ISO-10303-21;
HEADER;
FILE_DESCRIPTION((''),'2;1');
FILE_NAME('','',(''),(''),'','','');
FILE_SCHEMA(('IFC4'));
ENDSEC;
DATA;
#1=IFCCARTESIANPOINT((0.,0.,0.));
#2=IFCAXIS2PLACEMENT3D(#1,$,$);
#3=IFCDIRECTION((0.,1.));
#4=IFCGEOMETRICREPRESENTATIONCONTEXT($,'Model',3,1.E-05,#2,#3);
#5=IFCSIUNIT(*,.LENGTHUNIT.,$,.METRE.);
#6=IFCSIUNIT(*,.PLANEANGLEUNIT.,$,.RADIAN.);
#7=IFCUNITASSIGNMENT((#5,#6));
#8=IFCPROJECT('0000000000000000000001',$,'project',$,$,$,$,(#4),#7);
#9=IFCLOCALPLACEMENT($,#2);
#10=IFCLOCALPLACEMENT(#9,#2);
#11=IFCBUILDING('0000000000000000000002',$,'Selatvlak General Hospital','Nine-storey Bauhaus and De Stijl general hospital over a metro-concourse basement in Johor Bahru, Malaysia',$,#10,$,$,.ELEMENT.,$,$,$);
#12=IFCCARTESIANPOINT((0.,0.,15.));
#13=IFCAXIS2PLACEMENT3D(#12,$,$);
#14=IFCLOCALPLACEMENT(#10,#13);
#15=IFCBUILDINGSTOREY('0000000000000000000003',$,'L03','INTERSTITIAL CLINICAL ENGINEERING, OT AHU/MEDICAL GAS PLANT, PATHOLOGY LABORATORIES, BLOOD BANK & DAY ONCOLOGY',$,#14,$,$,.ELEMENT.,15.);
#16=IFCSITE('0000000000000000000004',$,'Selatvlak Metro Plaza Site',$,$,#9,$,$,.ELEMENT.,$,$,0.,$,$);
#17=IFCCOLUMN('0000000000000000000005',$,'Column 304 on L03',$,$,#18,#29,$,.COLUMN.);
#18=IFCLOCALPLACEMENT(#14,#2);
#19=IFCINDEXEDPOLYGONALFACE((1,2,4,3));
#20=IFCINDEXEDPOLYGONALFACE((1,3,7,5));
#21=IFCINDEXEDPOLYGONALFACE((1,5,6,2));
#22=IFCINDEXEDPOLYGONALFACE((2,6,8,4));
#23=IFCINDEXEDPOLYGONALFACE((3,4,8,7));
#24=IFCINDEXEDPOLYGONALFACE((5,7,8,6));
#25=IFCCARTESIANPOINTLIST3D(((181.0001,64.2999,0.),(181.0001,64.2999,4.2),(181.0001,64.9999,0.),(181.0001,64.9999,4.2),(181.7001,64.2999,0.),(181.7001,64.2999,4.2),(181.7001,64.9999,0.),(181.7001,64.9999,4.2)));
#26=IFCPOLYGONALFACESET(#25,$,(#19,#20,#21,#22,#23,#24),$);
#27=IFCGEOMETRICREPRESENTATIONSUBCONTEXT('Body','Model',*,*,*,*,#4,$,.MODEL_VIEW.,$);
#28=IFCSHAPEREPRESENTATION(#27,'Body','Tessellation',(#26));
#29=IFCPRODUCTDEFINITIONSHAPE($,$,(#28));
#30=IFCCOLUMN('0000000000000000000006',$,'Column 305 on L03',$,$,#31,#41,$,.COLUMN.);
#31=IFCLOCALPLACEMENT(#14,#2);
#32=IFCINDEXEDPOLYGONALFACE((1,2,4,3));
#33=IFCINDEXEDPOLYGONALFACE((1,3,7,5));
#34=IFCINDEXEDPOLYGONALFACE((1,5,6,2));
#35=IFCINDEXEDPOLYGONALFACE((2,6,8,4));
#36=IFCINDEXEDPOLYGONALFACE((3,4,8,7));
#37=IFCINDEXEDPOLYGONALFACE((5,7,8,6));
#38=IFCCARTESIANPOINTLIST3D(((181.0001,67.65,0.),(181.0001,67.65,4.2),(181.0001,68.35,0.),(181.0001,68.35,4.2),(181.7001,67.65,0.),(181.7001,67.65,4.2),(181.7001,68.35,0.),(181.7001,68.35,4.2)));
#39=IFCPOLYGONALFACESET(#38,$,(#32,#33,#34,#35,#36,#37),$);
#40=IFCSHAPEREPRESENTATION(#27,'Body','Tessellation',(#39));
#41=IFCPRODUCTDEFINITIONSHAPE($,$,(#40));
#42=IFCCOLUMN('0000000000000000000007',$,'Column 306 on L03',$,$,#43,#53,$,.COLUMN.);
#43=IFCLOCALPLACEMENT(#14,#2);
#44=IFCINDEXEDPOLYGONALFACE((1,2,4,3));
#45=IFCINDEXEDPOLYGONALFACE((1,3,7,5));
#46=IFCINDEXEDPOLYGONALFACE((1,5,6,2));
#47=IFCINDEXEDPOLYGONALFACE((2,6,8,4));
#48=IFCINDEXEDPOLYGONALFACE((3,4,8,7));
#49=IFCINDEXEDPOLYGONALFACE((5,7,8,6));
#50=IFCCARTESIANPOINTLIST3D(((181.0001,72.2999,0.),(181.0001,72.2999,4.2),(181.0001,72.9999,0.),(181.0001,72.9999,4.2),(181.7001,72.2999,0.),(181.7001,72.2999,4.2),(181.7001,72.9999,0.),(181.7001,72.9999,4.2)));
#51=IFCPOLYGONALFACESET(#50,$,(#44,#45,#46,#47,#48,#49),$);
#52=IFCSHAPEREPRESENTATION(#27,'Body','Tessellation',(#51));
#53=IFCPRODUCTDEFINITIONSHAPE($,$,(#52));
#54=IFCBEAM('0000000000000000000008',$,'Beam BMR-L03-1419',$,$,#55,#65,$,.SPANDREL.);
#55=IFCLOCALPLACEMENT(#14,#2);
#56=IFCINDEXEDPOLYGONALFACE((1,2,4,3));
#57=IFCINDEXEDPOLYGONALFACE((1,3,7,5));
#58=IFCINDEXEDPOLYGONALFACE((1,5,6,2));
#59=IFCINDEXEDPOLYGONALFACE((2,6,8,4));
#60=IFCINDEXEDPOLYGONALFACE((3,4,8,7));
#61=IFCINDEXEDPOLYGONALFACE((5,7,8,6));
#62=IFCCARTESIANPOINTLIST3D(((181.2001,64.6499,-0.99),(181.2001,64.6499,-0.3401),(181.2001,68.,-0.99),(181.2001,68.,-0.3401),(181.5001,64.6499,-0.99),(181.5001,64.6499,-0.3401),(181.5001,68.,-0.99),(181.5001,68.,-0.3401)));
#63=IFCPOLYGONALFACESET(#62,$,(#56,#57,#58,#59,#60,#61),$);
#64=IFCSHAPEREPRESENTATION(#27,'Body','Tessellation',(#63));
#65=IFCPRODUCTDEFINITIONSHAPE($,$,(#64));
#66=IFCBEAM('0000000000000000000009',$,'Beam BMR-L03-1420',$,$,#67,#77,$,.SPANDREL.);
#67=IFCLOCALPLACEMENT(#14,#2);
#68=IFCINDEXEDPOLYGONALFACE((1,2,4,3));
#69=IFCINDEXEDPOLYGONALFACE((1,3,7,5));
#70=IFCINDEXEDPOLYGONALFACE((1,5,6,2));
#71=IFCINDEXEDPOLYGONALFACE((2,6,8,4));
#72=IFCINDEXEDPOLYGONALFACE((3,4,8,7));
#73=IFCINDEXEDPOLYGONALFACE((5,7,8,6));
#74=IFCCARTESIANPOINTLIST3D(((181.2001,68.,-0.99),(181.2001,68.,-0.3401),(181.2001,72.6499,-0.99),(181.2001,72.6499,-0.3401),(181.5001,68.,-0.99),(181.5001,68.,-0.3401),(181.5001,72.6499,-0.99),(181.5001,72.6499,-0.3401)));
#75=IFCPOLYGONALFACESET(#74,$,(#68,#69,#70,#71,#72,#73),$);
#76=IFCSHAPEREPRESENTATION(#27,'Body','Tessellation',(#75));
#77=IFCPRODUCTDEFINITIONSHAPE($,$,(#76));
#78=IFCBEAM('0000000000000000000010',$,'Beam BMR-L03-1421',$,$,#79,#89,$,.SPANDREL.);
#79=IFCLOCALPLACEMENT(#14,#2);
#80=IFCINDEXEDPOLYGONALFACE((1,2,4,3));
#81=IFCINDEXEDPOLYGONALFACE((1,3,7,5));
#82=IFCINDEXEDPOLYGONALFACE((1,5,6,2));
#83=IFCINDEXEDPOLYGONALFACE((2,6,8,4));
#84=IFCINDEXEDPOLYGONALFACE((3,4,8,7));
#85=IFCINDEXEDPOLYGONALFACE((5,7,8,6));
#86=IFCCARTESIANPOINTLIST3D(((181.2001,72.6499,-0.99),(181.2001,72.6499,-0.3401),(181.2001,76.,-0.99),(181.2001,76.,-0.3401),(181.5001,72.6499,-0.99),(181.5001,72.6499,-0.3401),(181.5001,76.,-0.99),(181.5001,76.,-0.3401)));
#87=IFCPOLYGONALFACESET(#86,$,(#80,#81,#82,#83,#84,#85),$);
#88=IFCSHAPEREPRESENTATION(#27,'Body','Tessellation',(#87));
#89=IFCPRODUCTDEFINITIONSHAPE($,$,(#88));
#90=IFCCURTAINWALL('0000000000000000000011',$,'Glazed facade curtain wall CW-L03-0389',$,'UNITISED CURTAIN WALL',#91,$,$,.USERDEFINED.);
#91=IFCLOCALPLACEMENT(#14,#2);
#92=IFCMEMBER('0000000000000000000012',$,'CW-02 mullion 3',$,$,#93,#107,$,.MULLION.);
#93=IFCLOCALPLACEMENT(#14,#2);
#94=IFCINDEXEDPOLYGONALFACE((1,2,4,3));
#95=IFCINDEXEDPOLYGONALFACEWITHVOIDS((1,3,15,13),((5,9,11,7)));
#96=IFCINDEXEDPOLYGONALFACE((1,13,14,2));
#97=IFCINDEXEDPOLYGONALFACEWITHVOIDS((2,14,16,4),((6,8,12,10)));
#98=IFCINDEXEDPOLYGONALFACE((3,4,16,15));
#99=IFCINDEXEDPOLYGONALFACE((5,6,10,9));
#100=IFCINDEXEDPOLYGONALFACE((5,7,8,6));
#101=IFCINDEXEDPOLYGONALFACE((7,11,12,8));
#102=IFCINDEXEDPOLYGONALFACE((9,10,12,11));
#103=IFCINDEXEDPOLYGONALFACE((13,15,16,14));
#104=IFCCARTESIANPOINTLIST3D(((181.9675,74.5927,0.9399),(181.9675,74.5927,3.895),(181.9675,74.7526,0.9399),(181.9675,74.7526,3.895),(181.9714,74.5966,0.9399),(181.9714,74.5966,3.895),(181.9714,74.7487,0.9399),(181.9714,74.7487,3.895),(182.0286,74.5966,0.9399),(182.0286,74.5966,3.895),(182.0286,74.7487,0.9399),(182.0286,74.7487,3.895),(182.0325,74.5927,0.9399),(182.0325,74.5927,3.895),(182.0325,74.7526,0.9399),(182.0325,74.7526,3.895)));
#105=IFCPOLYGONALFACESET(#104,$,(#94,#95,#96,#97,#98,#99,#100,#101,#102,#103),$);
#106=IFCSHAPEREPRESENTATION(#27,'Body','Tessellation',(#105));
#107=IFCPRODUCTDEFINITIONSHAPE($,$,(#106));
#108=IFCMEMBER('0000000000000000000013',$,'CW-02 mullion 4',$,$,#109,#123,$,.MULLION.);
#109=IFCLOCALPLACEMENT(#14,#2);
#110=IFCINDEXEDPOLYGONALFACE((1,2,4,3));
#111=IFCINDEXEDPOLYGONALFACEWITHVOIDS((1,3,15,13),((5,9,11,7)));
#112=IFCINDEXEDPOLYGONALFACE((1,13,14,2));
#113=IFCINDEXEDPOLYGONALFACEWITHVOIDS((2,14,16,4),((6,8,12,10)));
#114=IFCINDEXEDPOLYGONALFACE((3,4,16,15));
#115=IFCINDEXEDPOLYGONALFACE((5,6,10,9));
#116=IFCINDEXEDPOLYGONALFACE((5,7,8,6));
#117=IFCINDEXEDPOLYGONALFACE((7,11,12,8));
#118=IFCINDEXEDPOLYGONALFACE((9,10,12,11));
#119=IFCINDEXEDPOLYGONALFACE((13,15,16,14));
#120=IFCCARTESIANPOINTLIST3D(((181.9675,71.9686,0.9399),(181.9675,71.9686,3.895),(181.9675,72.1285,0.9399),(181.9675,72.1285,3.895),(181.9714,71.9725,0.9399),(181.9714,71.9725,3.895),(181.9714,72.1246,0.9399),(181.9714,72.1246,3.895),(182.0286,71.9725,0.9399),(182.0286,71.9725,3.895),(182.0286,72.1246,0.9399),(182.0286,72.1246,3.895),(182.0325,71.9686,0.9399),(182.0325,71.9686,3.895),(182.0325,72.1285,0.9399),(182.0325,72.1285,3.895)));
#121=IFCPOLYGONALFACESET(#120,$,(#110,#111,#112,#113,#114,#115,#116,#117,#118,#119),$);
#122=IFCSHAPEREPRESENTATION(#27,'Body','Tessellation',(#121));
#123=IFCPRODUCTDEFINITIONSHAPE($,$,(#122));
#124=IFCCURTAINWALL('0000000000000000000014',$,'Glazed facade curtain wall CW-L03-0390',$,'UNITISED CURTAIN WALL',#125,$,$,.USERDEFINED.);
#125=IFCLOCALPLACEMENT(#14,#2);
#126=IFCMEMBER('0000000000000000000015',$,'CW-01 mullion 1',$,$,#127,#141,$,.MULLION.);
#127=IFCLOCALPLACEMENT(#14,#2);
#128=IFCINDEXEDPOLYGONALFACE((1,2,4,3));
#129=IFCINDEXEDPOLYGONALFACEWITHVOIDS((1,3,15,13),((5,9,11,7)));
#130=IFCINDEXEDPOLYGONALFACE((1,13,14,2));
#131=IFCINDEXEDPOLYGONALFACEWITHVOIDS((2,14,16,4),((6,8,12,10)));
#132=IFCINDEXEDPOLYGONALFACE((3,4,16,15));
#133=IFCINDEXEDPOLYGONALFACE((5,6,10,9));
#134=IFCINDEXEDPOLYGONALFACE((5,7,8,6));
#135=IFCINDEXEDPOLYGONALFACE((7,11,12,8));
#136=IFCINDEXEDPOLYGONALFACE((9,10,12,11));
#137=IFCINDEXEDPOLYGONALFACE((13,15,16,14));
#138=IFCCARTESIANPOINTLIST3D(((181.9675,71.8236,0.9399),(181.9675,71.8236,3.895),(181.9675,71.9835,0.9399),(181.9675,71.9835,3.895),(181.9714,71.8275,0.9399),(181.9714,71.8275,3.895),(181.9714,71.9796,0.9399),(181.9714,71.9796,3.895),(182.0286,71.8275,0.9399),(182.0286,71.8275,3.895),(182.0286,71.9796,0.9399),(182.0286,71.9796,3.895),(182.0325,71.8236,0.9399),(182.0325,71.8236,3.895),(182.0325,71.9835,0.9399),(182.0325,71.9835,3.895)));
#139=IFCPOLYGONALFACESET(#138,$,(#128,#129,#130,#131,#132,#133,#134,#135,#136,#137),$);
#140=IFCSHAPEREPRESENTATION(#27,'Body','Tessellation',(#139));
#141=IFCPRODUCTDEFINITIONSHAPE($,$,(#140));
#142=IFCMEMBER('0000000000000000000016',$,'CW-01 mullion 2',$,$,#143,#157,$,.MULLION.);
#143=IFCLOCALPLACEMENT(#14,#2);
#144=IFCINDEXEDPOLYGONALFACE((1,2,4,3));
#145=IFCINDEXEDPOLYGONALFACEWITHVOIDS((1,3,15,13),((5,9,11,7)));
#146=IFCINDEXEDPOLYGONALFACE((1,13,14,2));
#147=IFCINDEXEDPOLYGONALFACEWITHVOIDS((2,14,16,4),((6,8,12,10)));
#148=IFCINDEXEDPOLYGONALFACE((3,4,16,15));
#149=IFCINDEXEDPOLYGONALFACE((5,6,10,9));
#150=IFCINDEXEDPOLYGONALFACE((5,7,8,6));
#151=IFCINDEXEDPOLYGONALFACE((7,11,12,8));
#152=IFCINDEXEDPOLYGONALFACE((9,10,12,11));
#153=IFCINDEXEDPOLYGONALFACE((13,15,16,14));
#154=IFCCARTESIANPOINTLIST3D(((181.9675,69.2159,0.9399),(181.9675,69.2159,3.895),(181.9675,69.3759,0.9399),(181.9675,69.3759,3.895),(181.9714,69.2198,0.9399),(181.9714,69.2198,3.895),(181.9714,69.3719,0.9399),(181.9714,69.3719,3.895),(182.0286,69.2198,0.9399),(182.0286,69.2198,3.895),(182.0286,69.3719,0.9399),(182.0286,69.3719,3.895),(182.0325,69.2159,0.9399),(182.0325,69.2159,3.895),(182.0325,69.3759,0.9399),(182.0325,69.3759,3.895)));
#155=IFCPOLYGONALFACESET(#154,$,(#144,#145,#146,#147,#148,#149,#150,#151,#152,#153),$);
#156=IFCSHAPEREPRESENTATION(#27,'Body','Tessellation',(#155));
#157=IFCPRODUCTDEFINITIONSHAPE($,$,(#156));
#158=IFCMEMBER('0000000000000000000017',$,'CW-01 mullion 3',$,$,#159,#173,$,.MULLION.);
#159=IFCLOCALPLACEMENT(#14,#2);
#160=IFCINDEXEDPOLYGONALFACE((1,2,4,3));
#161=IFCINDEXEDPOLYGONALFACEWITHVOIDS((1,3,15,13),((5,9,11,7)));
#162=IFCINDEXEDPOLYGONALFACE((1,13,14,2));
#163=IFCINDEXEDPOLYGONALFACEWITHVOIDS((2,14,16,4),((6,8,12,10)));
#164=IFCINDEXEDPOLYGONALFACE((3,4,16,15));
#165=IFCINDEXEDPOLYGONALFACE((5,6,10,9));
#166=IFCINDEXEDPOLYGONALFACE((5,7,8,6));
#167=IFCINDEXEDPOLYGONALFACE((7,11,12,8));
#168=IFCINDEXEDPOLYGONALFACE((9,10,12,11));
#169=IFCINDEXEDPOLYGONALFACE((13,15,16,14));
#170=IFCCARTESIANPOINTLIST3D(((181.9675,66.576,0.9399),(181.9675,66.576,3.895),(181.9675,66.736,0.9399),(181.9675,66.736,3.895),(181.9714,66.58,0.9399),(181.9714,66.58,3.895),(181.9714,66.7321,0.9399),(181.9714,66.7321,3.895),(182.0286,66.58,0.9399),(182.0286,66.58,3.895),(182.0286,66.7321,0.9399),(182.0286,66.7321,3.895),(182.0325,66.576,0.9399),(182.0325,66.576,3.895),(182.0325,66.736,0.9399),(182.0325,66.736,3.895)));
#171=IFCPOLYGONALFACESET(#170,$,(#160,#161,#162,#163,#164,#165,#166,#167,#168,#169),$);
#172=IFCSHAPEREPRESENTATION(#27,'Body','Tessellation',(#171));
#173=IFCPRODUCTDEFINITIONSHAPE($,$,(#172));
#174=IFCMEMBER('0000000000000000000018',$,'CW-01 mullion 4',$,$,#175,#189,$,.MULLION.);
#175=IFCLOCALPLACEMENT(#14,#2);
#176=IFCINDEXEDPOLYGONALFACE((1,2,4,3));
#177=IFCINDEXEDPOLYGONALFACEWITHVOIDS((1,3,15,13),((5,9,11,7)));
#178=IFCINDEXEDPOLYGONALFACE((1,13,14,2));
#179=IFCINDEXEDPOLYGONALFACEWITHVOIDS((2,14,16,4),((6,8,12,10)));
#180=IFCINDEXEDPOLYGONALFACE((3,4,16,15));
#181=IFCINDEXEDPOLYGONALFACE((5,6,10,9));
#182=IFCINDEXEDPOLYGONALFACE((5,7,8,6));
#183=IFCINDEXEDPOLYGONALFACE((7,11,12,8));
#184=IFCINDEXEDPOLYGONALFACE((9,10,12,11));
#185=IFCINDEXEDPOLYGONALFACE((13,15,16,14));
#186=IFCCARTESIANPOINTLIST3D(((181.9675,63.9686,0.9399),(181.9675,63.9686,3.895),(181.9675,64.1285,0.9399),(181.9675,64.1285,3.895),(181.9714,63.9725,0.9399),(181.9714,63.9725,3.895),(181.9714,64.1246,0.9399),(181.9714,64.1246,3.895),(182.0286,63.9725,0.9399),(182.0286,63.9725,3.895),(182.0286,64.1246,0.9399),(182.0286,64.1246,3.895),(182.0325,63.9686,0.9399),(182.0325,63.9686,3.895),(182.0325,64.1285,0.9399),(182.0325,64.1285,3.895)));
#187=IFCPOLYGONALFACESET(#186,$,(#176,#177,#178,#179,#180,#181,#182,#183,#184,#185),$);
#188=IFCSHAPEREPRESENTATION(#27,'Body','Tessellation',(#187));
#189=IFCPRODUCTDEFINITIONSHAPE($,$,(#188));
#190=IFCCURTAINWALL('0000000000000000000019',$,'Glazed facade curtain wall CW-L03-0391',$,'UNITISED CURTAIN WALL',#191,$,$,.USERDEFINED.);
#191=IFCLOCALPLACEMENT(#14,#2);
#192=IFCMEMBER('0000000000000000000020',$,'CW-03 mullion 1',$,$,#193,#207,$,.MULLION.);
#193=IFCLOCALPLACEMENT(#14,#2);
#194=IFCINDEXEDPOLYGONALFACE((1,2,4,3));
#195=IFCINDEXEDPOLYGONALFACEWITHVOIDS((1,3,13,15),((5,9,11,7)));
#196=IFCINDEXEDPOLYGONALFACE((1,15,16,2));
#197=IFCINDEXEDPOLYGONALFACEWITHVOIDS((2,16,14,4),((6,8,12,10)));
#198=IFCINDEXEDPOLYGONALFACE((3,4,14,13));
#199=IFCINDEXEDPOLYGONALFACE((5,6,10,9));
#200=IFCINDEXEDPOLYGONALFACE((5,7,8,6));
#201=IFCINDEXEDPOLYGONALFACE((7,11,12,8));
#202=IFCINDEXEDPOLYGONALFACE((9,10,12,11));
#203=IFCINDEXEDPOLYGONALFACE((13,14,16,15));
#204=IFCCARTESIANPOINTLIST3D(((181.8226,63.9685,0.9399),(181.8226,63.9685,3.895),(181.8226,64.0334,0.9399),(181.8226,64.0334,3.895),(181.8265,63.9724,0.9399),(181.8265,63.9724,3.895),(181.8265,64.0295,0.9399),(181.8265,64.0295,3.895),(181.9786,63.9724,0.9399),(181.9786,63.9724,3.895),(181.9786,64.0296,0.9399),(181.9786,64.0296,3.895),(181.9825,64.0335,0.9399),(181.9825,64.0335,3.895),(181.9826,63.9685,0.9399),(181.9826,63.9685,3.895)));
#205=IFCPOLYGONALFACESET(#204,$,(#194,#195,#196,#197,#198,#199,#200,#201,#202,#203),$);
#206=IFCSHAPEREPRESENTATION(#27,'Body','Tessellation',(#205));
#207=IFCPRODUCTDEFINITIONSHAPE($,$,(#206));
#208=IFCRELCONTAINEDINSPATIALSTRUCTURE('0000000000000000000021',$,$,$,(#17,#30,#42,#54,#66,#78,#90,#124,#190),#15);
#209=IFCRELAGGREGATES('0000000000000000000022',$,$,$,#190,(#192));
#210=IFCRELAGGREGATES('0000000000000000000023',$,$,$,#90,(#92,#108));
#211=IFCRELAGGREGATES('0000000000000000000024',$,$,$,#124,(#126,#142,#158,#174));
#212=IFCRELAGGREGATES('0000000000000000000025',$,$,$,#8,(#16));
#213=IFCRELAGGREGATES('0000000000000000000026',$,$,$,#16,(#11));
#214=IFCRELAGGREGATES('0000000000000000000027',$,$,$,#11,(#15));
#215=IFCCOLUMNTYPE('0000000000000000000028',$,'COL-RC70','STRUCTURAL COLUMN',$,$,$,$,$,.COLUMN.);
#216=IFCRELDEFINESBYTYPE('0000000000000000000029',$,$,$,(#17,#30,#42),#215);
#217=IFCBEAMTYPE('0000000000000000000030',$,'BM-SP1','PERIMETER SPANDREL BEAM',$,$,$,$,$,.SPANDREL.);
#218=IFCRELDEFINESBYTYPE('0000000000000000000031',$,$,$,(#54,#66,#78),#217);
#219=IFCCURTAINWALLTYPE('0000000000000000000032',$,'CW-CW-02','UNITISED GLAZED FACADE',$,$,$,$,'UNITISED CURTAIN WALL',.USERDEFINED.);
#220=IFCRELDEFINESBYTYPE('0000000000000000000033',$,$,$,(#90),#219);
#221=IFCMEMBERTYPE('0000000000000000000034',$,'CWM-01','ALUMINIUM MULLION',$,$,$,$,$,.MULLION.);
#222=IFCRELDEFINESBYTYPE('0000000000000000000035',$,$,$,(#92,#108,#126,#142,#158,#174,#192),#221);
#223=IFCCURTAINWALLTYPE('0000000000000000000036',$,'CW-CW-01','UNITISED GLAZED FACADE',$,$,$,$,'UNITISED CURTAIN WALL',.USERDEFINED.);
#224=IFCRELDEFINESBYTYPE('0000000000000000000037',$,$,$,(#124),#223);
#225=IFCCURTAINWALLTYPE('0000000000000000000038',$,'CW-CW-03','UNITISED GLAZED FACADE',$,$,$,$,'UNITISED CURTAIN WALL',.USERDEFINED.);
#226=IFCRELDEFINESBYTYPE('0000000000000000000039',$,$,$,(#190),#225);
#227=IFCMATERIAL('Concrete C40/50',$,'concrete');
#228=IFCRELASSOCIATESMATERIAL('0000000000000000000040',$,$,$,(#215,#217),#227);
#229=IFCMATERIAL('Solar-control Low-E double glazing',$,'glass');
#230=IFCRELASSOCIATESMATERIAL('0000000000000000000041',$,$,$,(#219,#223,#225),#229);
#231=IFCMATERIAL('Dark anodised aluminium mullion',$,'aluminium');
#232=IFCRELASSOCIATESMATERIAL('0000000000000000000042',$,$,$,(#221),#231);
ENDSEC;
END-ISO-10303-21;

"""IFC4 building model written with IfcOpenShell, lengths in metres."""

from ifc_helpers import new_model, si_unit, direction, frame, origin, origin_2d, place, context, subcontext, project, spatial, rectangle, hollow_rectangle, extrude, material, material_profile, profile_set, type_object, element, aggregate, save


model = new_model("IFC4")

# Units and contexts
model_context = context("Model", 3, precision=1e-05, world=origin(), true_north=direction((0.0, 1.0)))
body_context = subcontext(model_context, "Body", "Model", "MODEL_VIEW")
ifc_project = project(units=[si_unit("LENGTHUNIT", "METRE"), si_unit("PLANEANGLEUNIT", "RADIAN")], contexts=[model_context])

# Site, building, storey
site_placement = place(None, origin())
site = spatial("IfcSite", under=ifc_project, at=site_placement, Name="Selatvlak Metro Plaza Site", CompositionType="ELEMENT", RefElevation=0.0)
building_placement = place(site_placement, origin())
building = spatial("IfcBuilding", under=site, at=building_placement, Name="Selatvlak General Hospital", Description="Nine-storey Bauhaus and De Stijl general hospital over a metro-concourse basement in Johor Bahru, Malaysia", CompositionType="ELEMENT")
storey_placement = place(building_placement, frame((0.0, 0.0, 15.0)))
storey = spatial("IfcBuildingStorey", under=building, at=storey_placement, Name="L03", Description="INTERSTITIAL CLINICAL ENGINEERING, OT AHU/MEDICAL GAS PLANT, PATHOLOGY LABORATORIES, BLOOD BANK & DAY ONCOLOGY", CompositionType="ELEMENT", Elevation=15.0)

# Columns
ifc_material_1 = material(Name="Concrete C40/50", Category="concrete")
ifc_material_profile_1 = material_profile(ifc_material_1, rectangle(XDim=0.7, YDim=0.7, at=origin_2d()), Name="RC-COL 700x700")
ifc_profile_set_1 = profile_set([ifc_material_profile_1], Name="Concrete C40/50")
column_type = type_object("IfcColumnType", Name="COL-RC70", Description="STRUCTURAL COLUMN", PredefinedType="COLUMN", material=ifc_profile_set_1)
for number, where, z_axis, x_axis, name in (
    (1, (181.3501, 64.6499, 0.0), (0.0, 0.0, 1.0), (1.0, 0.0, 0.0), "Column 304 on L03"),
    (2, (181.3501, 68.0, 0.0), (0.0, 0.0, 1.0), (1.0, 0.0, 0.0), "Column 305 on L03"),
    (3, (181.3501, 72.6499, 0.0), (0.0, 0.0, 1.0), (1.0, 0.0, 0.0), "Column 306 on L03"),
):
    element("IfcColumn", number, at=place(storey_placement, frame(where, z_axis=z_axis, x_axis=x_axis)), inside=storey, type_object=column_type, Name=name, PredefinedType="COLUMN", context=body_context, shape_type="SweptSolid", body=[
        extrude(rectangle(XDim=0.7, YDim=0.7, at=origin_2d()), origin(), (0.0, 0.0, 1.0), 4.2),
    ])

# Beams
ifc_material_profile_2 = material_profile(ifc_material_1, rectangle(XDim=0.3, YDim=0.6499, at=origin_2d()), Name="RC-SP 300x650")
ifc_profile_set_2 = profile_set([ifc_material_profile_2], Name="Concrete C40/50")
beam_type = type_object("IfcBeamType", Name="BM-SP1", Description="PERIMETER SPANDREL BEAM", PredefinedType="SPANDREL", material=ifc_profile_set_2)
beam_1_placement = place(storey_placement, frame((181.3501, 64.6499, -0.665), z_axis=(0.0, 1.0, 0.0), x_axis=(-1.0, 0.0, 0.0)))
element("IfcBeam", 4, at=beam_1_placement, inside=storey, type_object=beam_type, Name="Beam BMR-L03-1419", PredefinedType="SPANDREL", context=body_context, shape_type="SweptSolid", body=[
    extrude(rectangle(XDim=0.3, YDim=0.6499, at=origin_2d()), origin(), (0.0, 0.0, 1.0), 3.3501),
])
beam_2_placement = place(storey_placement, frame((181.3501, 68.0, -0.665), z_axis=(0.0, 1.0, 0.0), x_axis=(-1.0, 0.0, 0.0)))
element("IfcBeam", 5, at=beam_2_placement, inside=storey, type_object=beam_type, Name="Beam BMR-L03-1420", PredefinedType="SPANDREL", context=body_context, shape_type="SweptSolid", body=[
    extrude(rectangle(XDim=0.3, YDim=0.6499, at=origin_2d()), origin(), (0.0, 0.0, 1.0), 4.6499),
])
beam_3_placement = place(storey_placement, frame((181.3501, 72.6499, -0.665), z_axis=(0.0, 1.0, 0.0), x_axis=(-1.0, 0.0, 0.0)))
element("IfcBeam", 6, at=beam_3_placement, inside=storey, type_object=beam_type, Name="Beam BMR-L03-1421", PredefinedType="SPANDREL", context=body_context, shape_type="SweptSolid", body=[
    extrude(rectangle(XDim=0.3, YDim=0.6499, at=origin_2d()), origin(), (0.0, 0.0, 1.0), 3.3501),
])

# Curtain walls, members
ifc_material_2 = material(Name="Solar-control Low-E double glazing", Category="glass")
curtain_wall_type_1 = type_object("IfcCurtainWallType", Name="CW-CW-02", Description="UNITISED GLAZED FACADE", ElementType="UNITISED CURTAIN WALL", PredefinedType="USERDEFINED", material=ifc_material_2)
curtain_wall_1_placement = place(storey_placement, origin())
curtain_wall_1 = element("IfcCurtainWall", 7, at=curtain_wall_1_placement, inside=storey, type_object=curtain_wall_type_1, Name="Glazed facade curtain wall CW-L03-0389", ObjectType="UNITISED CURTAIN WALL", PredefinedType="USERDEFINED")
ifc_material_3 = material(Name="Dark anodised aluminium mullion", Category="aluminium")
ifc_material_profile_3 = material_profile(ifc_material_3, hollow_rectangle(XDim=0.0649, YDim=0.1599, WallThickness=0.0039, at=origin_2d()), Name="AL-MUL 65x160x4")
ifc_profile_set_3 = profile_set([ifc_material_profile_3], Name="Dark anodised aluminium mullion")
member_type_1 = type_object("IfcMemberType", Name="CWM-01", Description="ALUMINIUM MULLION", PredefinedType="MULLION", material=ifc_profile_set_3)
member_1_placement = place(storey_placement, frame((182.0, 74.6726, 0.9399), z_axis=(0.0, 0.0, 1.0), x_axis=(1.0, 0.0, 0.0)))
member_1 = element("IfcMember", 8, at=member_1_placement, type_object=member_type_1, Name="CW-02 mullion 3", PredefinedType="MULLION", context=body_context, shape_type="SweptSolid", body=[
    extrude(hollow_rectangle(XDim=0.0649, YDim=0.1599, WallThickness=0.0039, at=origin_2d()), origin(), (0.0, 0.0, 1.0), 2.9551),
])
member_2_placement = place(storey_placement, frame((182.0, 72.0486, 0.9399), z_axis=(0.0, 0.0, 1.0), x_axis=(1.0, 0.0, 0.0)))
member_2 = element("IfcMember", 9, at=member_2_placement, type_object=member_type_1, Name="CW-02 mullion 4", PredefinedType="MULLION", context=body_context, shape_type="SweptSolid", body=[
    extrude(hollow_rectangle(XDim=0.0649, YDim=0.1599, WallThickness=0.0039, at=origin_2d()), origin(), (0.0, 0.0, 1.0), 2.9551),
])
curtain_wall_type_2 = type_object("IfcCurtainWallType", Name="CW-CW-01", Description="UNITISED GLAZED FACADE", ElementType="UNITISED CURTAIN WALL", PredefinedType="USERDEFINED", material=ifc_material_2)
curtain_wall_2_placement = place(storey_placement, origin())
curtain_wall_2 = element("IfcCurtainWall", 10, at=curtain_wall_2_placement, inside=storey, type_object=curtain_wall_type_2, Name="Glazed facade curtain wall CW-L03-0390", ObjectType="UNITISED CURTAIN WALL", PredefinedType="USERDEFINED")
member_3_placement = place(storey_placement, frame((182.0, 71.9036, 0.9399), z_axis=(0.0, 0.0, 1.0), x_axis=(1.0, 0.0, 0.0)))
member_3 = element("IfcMember", 11, at=member_3_placement, type_object=member_type_1, Name="CW-01 mullion 1", PredefinedType="MULLION", context=body_context, shape_type="SweptSolid", body=[
    extrude(hollow_rectangle(XDim=0.0649, YDim=0.1599, WallThickness=0.0039, at=origin_2d()), origin(), (0.0, 0.0, 1.0), 2.9551),
])
member_4_placement = place(storey_placement, frame((182.0, 69.2959, 0.9399), z_axis=(0.0, 0.0, 1.0), x_axis=(1.0, 0.0, 0.0)))
member_4 = element("IfcMember", 12, at=member_4_placement, type_object=member_type_1, Name="CW-01 mullion 2", PredefinedType="MULLION", context=body_context, shape_type="SweptSolid", body=[
    extrude(hollow_rectangle(XDim=0.0649, YDim=0.1599, WallThickness=0.0039, at=origin_2d()), origin(), (0.0, 0.0, 1.0), 2.9551),
])
member_5_placement = place(storey_placement, frame((182.0, 66.656, 0.9399), z_axis=(0.0, 0.0, 1.0), x_axis=(1.0, 0.0, 0.0)))
member_5 = element("IfcMember", 13, at=member_5_placement, type_object=member_type_1, Name="CW-01 mullion 3", PredefinedType="MULLION", context=body_context, shape_type="SweptSolid", body=[
    extrude(hollow_rectangle(XDim=0.0649, YDim=0.1599, WallThickness=0.0039, at=origin_2d()), origin(), (0.0, 0.0, 1.0), 2.9551),
])
member_6_placement = place(storey_placement, frame((182.0, 64.0486, 0.9399), z_axis=(0.0, 0.0, 1.0), x_axis=(1.0, 0.0, 0.0)))
member_6 = element("IfcMember", 14, at=member_6_placement, type_object=member_type_1, Name="CW-01 mullion 4", PredefinedType="MULLION", context=body_context, shape_type="SweptSolid", body=[
    extrude(hollow_rectangle(XDim=0.0649, YDim=0.1599, WallThickness=0.0039, at=origin_2d()), origin(), (0.0, 0.0, 1.0), 2.9551),
])

# Curtain wall, member
curtain_wall_type_3 = type_object("IfcCurtainWallType", Name="CW-CW-03", Description="UNITISED GLAZED FACADE", ElementType="UNITISED CURTAIN WALL", PredefinedType="USERDEFINED", material=ifc_material_2)
curtain_wall_3_placement = place(storey_placement, origin())
curtain_wall_3 = element("IfcCurtainWall", 15, at=curtain_wall_3_placement, inside=storey, type_object=curtain_wall_type_3, Name="Glazed facade curtain wall CW-L03-0391", ObjectType="UNITISED CURTAIN WALL", PredefinedType="USERDEFINED")
member_7_placement = place(storey_placement, frame((181.9026, 64.001, 0.9399), z_axis=(0.0, 0.0, 1.0), x_axis=(0.000327, -1.0, 0.0)))
member_7 = element("IfcMember", 16, at=member_7_placement, type_object=member_type_1, Name="CW-03 mullion 1", PredefinedType="MULLION", context=body_context, shape_type="SweptSolid", body=[
    extrude(hollow_rectangle(XDim=0.0649, YDim=0.1599, WallThickness=0.0039, at=origin_2d()), origin(), (0.0, 0.0, 1.0), 2.9551),
])

aggregate(curtain_wall_3, [member_7])

aggregate(curtain_wall_1, [member_1, member_2])
aggregate(curtain_wall_2, [member_3, member_4, member_5, member_6])

save(model, "model.ifc")
